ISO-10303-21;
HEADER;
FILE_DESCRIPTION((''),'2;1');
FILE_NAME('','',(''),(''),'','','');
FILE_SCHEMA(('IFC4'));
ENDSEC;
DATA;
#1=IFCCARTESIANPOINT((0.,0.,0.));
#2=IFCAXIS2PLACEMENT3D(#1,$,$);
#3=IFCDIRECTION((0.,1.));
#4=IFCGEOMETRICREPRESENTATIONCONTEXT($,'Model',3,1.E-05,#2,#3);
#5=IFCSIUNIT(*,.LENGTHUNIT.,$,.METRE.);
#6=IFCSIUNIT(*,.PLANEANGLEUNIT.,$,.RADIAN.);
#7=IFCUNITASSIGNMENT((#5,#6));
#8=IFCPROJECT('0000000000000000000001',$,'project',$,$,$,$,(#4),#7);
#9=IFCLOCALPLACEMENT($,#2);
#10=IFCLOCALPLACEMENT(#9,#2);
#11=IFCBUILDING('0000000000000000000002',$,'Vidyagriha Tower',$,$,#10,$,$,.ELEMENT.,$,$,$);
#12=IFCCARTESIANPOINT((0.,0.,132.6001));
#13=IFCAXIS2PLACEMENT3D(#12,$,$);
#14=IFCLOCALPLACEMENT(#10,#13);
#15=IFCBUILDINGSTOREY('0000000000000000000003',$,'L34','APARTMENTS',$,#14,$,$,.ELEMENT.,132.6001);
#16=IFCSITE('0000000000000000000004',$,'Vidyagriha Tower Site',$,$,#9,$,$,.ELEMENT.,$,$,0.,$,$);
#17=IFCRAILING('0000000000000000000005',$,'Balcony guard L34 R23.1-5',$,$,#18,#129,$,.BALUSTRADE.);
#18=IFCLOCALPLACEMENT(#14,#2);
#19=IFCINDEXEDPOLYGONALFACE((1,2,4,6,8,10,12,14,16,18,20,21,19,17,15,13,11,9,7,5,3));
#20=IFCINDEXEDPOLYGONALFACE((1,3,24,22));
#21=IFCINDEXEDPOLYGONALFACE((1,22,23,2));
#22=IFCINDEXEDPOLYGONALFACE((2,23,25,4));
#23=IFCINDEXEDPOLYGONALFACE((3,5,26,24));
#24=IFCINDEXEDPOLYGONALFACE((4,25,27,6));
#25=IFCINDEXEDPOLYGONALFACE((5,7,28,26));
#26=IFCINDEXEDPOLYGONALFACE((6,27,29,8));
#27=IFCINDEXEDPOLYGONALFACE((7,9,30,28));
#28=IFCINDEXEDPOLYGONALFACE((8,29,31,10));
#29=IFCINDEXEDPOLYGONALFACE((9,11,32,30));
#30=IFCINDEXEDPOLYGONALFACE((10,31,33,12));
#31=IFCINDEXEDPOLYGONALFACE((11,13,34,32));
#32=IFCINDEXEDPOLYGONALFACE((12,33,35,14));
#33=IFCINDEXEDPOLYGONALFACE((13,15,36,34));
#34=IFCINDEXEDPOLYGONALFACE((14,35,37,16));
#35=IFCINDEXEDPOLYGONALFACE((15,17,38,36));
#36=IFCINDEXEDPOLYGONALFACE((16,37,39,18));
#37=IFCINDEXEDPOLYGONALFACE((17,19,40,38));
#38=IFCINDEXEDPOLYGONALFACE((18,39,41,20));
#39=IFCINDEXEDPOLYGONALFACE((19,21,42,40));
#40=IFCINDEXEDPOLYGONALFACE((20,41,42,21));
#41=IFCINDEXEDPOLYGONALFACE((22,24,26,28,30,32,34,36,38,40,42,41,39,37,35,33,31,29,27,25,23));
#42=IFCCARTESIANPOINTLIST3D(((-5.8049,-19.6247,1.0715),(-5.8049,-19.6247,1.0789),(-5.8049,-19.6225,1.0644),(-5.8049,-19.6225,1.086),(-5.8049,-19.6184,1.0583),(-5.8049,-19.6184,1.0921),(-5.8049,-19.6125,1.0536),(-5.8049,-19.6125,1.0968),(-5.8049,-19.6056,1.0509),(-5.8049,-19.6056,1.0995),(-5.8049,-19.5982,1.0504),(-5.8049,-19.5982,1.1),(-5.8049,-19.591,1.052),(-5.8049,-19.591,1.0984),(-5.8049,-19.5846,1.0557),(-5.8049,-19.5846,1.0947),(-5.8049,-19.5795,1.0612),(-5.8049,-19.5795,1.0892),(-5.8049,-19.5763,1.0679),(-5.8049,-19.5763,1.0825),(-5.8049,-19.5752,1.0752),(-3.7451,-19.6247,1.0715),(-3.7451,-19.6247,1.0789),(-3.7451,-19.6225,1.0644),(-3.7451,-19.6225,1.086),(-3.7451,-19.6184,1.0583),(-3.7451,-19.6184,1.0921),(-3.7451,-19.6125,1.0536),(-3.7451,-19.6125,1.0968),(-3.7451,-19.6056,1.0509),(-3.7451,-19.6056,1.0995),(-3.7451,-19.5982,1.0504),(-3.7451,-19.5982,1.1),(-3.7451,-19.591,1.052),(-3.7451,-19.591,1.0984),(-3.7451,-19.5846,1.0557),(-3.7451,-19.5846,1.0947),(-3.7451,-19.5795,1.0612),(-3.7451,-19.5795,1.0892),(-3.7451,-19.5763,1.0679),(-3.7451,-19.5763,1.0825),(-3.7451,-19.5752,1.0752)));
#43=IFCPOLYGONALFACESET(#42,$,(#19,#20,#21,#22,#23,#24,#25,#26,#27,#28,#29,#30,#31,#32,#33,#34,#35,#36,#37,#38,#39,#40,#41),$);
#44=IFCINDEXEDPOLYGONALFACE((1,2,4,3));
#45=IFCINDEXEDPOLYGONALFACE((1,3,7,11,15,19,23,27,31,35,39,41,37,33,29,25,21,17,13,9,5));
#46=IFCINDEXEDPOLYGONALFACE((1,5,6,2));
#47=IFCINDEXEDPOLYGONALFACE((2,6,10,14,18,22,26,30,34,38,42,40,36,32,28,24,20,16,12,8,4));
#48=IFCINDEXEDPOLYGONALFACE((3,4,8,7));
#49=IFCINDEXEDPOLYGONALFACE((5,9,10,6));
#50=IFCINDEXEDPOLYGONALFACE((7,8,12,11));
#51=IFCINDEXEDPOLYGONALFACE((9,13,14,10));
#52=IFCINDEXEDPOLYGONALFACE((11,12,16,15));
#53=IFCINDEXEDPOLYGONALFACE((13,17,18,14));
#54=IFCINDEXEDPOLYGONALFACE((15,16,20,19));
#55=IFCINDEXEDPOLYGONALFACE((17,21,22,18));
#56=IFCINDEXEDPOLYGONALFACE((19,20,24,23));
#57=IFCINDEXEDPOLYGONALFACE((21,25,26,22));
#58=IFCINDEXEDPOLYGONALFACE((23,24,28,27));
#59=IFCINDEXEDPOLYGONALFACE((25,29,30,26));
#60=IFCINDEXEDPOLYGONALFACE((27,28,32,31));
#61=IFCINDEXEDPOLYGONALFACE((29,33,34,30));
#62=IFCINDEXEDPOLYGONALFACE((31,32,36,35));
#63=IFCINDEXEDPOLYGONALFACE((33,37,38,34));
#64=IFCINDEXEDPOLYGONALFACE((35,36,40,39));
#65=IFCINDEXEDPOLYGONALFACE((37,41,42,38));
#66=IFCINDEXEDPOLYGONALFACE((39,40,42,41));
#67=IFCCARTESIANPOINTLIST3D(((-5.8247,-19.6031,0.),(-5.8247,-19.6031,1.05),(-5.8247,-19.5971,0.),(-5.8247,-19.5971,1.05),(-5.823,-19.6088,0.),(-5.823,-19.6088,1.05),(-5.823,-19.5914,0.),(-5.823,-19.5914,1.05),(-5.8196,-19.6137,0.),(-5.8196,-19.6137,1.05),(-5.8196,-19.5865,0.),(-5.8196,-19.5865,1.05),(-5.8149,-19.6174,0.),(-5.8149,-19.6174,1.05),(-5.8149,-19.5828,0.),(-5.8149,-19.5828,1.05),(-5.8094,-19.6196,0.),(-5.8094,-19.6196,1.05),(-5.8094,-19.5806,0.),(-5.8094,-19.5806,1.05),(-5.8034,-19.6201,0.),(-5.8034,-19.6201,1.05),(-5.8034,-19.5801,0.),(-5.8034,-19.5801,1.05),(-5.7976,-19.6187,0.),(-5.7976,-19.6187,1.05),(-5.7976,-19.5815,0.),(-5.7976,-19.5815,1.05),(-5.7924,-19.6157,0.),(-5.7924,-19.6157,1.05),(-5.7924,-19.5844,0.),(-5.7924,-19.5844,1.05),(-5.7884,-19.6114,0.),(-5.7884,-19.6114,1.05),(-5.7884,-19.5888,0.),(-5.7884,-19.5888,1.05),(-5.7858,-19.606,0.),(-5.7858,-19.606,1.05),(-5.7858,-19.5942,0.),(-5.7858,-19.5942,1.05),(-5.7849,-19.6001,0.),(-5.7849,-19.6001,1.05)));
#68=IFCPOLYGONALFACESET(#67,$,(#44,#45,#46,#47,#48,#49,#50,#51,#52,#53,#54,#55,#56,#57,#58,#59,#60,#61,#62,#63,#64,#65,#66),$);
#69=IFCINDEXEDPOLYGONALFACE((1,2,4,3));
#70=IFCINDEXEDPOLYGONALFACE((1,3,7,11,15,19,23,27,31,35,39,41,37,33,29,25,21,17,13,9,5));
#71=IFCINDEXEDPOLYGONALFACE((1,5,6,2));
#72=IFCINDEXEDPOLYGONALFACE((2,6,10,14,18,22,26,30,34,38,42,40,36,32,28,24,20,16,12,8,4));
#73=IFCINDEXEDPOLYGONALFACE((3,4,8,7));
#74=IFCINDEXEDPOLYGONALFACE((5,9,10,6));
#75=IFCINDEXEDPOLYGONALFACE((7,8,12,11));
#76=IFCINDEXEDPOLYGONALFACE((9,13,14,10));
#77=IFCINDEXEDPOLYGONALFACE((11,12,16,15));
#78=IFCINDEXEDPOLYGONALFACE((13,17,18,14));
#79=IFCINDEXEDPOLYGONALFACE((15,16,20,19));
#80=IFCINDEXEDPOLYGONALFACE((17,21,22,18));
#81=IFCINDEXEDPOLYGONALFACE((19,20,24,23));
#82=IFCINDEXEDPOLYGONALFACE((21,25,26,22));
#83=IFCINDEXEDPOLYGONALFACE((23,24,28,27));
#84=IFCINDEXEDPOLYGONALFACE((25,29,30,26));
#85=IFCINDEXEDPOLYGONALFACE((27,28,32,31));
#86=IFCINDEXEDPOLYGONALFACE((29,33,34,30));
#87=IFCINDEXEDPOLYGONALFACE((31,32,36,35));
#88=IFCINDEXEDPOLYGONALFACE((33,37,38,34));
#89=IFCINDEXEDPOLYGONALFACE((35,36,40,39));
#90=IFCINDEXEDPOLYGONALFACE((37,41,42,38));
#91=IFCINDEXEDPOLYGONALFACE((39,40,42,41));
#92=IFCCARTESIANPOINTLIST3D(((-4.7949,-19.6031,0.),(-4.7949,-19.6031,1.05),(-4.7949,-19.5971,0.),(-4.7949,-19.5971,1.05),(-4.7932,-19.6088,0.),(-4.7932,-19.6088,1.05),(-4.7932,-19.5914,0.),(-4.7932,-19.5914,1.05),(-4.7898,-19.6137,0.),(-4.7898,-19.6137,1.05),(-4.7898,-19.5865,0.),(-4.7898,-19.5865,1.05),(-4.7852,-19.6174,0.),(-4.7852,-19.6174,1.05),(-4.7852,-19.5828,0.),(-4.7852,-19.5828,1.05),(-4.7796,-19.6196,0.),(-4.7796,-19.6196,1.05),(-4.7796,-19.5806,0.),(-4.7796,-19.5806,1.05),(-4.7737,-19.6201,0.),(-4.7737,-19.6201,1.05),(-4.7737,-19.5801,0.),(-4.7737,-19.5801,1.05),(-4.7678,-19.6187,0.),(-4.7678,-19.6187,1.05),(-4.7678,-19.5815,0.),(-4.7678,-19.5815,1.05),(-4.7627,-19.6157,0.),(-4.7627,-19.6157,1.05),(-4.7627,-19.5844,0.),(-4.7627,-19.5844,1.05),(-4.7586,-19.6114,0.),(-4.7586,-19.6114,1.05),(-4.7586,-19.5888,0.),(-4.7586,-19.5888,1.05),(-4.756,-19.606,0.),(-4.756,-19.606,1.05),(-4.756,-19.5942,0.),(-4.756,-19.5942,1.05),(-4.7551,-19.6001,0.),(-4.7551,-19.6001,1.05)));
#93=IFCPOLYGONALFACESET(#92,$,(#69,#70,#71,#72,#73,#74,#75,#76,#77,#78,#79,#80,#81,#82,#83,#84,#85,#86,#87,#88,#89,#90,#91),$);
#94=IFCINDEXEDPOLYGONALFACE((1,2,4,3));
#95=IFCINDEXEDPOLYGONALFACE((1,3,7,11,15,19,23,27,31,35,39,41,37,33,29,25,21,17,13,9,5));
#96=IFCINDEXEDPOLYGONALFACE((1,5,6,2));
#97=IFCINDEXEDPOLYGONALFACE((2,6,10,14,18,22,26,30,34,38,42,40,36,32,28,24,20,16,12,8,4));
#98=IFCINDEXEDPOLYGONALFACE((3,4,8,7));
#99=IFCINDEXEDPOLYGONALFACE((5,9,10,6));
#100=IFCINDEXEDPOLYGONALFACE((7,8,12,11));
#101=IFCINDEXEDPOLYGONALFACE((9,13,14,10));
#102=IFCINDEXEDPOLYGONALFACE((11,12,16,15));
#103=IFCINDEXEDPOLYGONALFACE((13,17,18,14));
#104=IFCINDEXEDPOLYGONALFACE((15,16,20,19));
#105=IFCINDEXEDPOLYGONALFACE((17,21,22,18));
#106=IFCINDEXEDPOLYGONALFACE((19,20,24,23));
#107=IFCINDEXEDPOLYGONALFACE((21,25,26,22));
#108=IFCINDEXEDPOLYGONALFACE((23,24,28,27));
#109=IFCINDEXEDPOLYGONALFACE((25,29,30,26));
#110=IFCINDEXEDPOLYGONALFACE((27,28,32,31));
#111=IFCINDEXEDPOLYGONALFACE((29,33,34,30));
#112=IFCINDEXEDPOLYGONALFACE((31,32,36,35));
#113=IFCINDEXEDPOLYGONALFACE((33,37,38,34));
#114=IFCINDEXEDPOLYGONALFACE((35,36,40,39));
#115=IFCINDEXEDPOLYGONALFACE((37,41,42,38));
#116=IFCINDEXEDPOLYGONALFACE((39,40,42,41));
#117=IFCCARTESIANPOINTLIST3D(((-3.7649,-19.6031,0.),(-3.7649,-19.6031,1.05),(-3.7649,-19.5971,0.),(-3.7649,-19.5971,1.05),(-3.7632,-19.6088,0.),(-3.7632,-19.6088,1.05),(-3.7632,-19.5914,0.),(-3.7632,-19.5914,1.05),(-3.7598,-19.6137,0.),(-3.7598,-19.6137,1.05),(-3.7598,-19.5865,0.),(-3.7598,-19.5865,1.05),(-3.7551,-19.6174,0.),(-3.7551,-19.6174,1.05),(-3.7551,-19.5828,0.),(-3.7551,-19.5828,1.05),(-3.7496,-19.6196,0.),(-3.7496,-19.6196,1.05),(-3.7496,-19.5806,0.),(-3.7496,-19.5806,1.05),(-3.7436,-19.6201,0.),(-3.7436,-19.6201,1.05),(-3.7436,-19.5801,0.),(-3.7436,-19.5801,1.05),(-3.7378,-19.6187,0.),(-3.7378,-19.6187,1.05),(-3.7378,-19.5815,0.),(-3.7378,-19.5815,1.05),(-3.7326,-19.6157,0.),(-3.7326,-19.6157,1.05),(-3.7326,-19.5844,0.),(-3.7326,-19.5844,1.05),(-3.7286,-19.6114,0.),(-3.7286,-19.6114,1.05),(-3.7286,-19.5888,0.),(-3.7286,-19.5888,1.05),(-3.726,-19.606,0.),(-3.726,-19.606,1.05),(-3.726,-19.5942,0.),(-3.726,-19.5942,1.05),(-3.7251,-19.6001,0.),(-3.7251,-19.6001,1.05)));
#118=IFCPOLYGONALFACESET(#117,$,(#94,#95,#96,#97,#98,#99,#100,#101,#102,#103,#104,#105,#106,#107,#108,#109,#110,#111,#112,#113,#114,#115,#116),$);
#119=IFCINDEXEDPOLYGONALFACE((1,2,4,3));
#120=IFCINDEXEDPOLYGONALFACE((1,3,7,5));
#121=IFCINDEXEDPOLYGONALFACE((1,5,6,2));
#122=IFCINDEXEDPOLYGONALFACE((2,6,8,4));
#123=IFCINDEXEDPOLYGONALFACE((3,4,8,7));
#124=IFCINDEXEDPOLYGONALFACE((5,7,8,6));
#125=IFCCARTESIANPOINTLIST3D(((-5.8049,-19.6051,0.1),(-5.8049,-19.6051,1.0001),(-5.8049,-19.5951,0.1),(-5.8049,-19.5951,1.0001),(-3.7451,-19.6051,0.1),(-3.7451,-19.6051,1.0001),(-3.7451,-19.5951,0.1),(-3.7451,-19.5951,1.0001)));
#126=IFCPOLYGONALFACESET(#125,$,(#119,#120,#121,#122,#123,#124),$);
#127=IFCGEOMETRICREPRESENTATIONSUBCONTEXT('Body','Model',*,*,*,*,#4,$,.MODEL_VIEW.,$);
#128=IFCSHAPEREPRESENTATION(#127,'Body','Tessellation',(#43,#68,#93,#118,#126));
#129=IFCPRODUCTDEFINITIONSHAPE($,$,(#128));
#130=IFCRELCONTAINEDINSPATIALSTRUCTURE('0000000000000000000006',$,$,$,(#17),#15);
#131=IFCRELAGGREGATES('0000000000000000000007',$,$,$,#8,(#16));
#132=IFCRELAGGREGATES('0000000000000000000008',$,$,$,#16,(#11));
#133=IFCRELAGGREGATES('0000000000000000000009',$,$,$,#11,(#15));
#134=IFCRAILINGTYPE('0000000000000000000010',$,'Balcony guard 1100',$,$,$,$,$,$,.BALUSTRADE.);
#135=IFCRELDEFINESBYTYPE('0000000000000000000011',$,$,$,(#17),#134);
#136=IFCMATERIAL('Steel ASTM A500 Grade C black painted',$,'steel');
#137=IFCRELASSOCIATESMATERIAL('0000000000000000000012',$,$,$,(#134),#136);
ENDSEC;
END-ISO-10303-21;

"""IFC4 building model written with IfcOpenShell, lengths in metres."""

from ifc_helpers import new_model, si_unit, direction, frame, origin, origin_2d, place, context, subcontext, project, spatial, rectangle, circle, extrude, material, type_object, element, save


model = new_model("IFC4")

# Units and contexts
model_context = context("Model", 3, precision=1e-05, world=origin(), true_north=direction((0.0, 1.0)))
body_context = subcontext(model_context, "Body", "Model", "MODEL_VIEW")
ifc_project = project(units=[si_unit("LENGTHUNIT", "METRE"), si_unit("PLANEANGLEUNIT", "RADIAN")], contexts=[model_context])

# Site, building, storey
site_placement = place(None, origin())
site = spatial("IfcSite", under=ifc_project, at=site_placement, Name="Vidyagriha Tower Site", CompositionType="ELEMENT", RefElevation=0.0)
building_placement = place(site_placement, origin())
building = spatial("IfcBuilding", under=site, at=building_placement, Name="Vidyagriha Tower", CompositionType="ELEMENT")
storey_placement = place(building_placement, frame((0.0, 0.0, 132.6001)))
storey = spatial("IfcBuildingStorey", under=building, at=storey_placement, Name="L34", Description="APARTMENTS", CompositionType="ELEMENT", Elevation=132.6001)

# Railing
ifc_material_1 = material(Name="Steel ASTM A500 Grade C black painted", Category="steel")
railing_type = type_object("IfcRailingType", Name="Balcony guard 1100", PredefinedType="BALUSTRADE", material=ifc_material_1)
railing_1_placement = place(storey_placement, frame((-5.8049, -19.6001, 0.0)))
element("IfcRailing", 1, at=railing_1_placement, inside=storey, type_object=railing_type, Name="Balcony guard L34 R23.1-5", PredefinedType="BALUSTRADE", context=body_context, shape_type="SweptSolid", body=[
    extrude(circle(Radius=0.0249, at=origin_2d()), frame((0.0, 0.0, 1.0752), z_axis=(1.0, 0.0, 0.0), x_axis=(0.0, 1.0, 0.0)), (0.0, 0.0, 1.0), 2.0598),
    extrude(circle(Radius=0.02, at=origin_2d()), origin(), (0.0, 0.0, 1.0), 1.05),
    extrude(circle(Radius=0.02, at=origin_2d()), frame((1.0298, 0.0, 0.0)), (0.0, 0.0, 1.0), 1.05),
    extrude(circle(Radius=0.02, at=origin_2d()), frame((2.0598, 0.0, 0.0)), (0.0, 0.0, 1.0), 1.05),
    extrude(rectangle(XDim=0.01, YDim=0.9001, at=origin_2d()), frame((0.0, 0.0, 0.55), z_axis=(1.0, 0.0, 0.0), x_axis=(0.0, 1.0, 0.0)), (0.0, 0.0, 1.0), 2.0598),
])

save(model, "model.ifc")
